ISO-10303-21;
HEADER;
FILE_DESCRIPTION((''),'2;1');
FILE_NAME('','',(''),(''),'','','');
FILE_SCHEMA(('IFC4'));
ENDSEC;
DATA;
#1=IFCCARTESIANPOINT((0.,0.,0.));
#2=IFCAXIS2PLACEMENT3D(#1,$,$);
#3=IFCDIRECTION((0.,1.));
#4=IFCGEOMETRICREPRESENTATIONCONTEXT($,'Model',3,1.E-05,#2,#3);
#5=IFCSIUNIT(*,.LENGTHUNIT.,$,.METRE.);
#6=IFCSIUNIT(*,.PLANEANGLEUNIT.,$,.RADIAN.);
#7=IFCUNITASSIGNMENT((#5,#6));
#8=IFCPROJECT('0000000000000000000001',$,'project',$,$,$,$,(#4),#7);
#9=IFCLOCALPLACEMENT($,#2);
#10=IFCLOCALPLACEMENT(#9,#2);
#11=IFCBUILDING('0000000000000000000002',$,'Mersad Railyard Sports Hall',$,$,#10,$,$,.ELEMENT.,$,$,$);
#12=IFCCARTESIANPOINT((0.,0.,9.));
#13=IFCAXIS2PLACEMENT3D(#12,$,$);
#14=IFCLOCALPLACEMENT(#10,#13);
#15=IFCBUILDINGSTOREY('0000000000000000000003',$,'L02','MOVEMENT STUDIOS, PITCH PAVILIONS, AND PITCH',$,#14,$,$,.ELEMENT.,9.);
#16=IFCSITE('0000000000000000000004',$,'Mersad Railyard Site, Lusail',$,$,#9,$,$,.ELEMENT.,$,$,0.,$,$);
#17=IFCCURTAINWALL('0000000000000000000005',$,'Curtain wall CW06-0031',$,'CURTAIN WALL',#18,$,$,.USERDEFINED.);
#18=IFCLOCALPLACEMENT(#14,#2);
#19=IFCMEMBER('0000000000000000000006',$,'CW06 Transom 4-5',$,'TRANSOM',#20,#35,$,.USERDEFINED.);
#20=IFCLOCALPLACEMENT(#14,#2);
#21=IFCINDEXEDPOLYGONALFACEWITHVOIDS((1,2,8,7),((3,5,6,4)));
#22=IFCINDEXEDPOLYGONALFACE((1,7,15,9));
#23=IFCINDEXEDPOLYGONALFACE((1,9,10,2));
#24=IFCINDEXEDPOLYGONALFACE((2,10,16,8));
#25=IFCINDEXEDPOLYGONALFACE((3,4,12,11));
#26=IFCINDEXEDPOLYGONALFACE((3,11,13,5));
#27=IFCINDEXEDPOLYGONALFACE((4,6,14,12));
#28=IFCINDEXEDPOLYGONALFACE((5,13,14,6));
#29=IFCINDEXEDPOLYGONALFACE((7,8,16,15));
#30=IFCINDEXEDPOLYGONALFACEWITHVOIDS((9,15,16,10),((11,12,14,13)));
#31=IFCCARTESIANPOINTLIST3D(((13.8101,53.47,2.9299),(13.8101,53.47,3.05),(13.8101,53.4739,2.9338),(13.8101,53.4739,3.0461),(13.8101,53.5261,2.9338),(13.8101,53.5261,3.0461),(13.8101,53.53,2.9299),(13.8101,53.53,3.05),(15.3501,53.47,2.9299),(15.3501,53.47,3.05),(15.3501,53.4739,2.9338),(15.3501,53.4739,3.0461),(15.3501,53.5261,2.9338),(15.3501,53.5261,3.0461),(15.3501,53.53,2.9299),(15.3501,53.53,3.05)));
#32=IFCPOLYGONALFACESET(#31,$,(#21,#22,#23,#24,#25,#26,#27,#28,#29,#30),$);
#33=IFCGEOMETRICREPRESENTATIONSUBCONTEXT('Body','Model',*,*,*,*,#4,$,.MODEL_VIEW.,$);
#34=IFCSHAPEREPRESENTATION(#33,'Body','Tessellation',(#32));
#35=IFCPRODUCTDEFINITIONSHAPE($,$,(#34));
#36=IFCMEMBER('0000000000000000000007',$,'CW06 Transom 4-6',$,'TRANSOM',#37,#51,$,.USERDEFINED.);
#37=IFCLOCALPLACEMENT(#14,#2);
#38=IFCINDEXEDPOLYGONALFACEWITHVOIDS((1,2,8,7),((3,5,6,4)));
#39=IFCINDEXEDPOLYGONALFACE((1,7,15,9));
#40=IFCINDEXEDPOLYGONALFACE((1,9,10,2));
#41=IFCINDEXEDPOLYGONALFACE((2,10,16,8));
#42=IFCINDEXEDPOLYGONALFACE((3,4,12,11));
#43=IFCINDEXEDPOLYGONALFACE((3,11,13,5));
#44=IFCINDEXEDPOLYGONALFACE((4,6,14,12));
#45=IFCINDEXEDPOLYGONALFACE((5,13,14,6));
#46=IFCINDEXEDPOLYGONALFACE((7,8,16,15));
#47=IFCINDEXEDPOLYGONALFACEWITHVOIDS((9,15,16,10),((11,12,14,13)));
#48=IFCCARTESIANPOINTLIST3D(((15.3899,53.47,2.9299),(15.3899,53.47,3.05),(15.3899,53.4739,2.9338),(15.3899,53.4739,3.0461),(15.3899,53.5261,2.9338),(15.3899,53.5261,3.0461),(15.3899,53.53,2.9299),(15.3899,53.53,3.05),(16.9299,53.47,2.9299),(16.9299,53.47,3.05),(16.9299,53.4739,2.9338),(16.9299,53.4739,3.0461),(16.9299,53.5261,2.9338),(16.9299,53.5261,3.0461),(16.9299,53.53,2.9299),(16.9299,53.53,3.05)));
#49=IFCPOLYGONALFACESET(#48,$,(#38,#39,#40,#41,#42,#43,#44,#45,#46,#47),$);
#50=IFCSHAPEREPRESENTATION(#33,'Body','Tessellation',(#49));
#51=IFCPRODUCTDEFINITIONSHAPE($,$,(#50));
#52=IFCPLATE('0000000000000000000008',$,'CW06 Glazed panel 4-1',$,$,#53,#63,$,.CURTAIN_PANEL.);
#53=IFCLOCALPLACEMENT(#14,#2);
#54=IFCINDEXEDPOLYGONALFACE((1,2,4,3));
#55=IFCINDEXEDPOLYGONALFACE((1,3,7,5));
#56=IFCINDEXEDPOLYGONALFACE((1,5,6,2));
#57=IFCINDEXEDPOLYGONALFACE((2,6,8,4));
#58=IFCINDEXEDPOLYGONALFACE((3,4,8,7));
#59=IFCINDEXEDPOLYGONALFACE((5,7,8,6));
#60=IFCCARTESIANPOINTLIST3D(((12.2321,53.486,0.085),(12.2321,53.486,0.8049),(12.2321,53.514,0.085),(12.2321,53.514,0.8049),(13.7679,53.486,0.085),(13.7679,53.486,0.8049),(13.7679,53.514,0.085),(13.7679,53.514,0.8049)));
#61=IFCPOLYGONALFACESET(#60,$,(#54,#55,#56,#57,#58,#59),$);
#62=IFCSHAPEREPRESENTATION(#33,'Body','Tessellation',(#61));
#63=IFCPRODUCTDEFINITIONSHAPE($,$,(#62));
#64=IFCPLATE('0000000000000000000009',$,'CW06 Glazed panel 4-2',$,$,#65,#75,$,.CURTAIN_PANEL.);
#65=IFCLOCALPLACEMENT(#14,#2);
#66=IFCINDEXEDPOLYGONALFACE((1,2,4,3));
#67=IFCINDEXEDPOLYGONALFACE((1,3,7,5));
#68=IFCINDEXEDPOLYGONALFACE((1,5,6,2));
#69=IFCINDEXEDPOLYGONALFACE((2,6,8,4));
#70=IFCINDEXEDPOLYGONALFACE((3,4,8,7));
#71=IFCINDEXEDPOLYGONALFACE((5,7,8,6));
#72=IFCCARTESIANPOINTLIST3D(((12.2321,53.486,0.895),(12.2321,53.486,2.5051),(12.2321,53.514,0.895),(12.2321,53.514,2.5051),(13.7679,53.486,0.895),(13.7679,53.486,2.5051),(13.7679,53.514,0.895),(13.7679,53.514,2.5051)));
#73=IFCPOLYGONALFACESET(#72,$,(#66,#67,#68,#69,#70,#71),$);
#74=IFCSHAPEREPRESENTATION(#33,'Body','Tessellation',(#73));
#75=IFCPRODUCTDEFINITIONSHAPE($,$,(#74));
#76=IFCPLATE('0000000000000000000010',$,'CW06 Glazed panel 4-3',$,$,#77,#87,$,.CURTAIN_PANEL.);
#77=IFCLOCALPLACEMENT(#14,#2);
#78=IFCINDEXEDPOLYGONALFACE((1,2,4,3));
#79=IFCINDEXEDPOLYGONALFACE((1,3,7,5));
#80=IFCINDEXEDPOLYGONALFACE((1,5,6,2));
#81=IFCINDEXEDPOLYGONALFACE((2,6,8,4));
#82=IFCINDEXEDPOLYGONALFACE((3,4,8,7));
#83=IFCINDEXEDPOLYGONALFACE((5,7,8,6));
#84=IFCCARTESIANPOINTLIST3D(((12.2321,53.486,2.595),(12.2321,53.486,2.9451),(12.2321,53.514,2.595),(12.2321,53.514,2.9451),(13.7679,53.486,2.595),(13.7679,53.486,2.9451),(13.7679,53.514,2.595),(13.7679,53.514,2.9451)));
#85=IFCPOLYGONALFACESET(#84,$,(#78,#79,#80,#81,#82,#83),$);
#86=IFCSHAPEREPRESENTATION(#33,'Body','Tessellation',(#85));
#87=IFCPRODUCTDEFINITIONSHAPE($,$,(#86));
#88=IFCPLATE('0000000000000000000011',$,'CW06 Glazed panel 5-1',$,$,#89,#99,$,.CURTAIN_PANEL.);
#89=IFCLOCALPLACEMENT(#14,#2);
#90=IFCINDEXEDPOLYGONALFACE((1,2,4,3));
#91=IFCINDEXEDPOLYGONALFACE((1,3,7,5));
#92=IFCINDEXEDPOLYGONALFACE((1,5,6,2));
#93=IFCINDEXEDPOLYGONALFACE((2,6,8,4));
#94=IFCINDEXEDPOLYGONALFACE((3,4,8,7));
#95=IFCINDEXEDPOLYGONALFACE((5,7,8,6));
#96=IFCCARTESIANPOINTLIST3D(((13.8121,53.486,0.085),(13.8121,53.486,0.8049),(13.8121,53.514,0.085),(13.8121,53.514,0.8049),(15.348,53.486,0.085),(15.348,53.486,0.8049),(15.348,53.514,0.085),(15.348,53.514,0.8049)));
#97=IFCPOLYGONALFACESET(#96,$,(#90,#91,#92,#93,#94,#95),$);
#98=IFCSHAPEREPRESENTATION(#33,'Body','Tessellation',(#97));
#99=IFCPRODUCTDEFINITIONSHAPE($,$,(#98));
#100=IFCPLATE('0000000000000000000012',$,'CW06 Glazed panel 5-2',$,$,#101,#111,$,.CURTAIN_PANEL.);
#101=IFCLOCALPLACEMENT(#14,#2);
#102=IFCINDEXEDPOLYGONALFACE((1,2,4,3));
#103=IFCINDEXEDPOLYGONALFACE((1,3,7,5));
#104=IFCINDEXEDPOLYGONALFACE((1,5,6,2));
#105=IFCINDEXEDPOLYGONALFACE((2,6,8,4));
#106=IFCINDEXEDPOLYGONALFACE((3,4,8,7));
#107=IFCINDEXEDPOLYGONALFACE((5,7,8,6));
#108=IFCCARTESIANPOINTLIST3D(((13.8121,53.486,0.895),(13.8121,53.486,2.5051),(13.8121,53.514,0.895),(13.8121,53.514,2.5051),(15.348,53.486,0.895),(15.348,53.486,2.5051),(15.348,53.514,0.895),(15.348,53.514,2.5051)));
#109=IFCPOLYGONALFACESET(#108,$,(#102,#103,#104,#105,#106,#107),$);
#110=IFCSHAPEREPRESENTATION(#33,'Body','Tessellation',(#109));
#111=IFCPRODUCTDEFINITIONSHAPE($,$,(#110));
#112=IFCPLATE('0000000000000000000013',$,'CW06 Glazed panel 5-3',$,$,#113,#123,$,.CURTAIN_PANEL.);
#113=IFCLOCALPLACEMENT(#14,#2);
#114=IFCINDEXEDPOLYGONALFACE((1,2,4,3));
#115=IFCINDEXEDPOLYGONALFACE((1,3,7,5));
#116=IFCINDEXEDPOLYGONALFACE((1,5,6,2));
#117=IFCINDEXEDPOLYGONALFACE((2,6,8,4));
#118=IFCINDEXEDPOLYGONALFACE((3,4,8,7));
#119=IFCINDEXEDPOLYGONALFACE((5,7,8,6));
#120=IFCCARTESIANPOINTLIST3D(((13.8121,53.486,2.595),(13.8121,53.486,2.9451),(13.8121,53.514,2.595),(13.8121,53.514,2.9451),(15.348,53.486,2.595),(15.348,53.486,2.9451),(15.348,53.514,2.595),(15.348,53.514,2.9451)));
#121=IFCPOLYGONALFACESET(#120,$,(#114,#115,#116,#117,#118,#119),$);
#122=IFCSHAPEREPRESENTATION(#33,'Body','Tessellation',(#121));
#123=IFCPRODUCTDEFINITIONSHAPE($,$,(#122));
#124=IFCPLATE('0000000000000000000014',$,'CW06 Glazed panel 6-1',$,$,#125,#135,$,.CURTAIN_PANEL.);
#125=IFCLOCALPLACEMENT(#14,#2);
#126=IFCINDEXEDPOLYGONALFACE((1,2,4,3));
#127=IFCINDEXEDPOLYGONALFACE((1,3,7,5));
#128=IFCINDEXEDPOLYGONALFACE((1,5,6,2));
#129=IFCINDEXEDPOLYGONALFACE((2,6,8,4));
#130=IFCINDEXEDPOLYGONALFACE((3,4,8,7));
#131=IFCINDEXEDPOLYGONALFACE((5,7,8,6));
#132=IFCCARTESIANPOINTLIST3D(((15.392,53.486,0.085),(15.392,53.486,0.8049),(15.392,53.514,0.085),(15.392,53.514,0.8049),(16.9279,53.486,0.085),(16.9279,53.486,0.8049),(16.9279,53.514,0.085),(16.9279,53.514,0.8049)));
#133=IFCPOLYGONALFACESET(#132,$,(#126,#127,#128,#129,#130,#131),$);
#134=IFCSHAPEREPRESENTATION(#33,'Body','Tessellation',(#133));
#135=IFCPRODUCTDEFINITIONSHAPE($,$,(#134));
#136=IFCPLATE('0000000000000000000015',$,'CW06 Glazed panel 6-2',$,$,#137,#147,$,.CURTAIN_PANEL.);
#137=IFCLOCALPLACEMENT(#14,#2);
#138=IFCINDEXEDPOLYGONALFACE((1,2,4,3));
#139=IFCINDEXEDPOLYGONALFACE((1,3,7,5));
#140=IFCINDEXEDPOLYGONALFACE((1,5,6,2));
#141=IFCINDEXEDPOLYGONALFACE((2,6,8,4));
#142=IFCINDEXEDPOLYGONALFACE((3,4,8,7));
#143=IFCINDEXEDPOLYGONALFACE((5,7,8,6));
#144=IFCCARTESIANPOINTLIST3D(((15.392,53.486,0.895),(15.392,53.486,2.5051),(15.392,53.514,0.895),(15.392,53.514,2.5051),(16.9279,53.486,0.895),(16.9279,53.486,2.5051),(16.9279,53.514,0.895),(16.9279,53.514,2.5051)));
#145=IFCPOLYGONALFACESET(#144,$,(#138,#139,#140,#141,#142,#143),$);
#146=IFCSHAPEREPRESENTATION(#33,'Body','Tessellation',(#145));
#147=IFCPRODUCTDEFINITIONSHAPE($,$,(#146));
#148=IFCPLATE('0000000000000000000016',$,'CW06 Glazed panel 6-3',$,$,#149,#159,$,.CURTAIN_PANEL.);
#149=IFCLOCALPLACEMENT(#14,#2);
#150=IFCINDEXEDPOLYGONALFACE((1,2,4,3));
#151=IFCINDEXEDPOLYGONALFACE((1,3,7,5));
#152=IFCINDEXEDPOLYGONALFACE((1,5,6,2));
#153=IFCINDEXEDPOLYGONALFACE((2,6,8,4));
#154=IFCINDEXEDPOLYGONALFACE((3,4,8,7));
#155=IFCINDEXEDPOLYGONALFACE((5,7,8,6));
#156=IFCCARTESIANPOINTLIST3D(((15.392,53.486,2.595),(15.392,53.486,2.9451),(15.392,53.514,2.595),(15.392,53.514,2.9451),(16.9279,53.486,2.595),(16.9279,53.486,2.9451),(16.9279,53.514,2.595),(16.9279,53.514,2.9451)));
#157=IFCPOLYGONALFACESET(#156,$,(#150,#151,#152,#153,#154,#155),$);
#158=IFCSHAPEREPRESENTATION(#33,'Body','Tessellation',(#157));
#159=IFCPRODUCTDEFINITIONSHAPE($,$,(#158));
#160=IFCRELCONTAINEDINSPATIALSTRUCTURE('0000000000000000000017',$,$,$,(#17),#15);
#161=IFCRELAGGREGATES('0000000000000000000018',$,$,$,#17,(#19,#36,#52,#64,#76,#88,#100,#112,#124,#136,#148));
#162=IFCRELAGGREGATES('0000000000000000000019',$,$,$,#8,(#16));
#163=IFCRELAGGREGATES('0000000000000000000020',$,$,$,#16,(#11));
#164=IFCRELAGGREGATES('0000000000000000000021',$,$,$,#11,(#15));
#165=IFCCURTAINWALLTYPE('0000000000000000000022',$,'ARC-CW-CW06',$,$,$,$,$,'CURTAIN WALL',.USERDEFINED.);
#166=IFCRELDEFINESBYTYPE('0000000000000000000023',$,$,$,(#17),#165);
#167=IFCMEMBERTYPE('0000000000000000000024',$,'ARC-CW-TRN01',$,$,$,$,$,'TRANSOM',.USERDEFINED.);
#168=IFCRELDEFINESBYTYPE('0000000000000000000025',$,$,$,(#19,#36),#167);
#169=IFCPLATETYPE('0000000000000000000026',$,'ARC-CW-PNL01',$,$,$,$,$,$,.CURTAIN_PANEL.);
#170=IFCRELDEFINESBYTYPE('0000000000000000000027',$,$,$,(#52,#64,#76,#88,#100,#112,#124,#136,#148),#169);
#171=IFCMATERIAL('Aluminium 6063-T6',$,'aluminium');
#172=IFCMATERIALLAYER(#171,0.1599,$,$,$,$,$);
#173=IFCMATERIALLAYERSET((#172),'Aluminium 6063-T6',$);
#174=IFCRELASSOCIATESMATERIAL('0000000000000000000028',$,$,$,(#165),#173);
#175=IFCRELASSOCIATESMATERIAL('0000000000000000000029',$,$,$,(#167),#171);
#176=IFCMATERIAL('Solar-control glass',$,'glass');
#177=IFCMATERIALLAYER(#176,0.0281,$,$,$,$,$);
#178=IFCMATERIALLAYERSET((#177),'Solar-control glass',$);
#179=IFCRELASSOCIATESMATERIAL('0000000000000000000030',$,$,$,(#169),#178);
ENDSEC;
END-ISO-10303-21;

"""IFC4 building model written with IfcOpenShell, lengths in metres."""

from ifc_helpers import new_model, si_unit, direction, frame, origin, origin_2d, place, context, subcontext, project, spatial, rectangle, hollow_rectangle, extrude, material, layer, layer_set, material_profile, profile_set, type_object, element, aggregate, save


model = new_model("IFC4")

# Units and contexts
model_context = context("Model", 3, precision=1e-05, world=origin(), true_north=direction((0.0, 1.0)))
body_context = subcontext(model_context, "Body", "Model", "MODEL_VIEW")
ifc_project = project(units=[si_unit("LENGTHUNIT", "METRE"), si_unit("PLANEANGLEUNIT", "RADIAN")], contexts=[model_context])

# Site, building, storey
site_placement = place(None, origin())
site = spatial("IfcSite", under=ifc_project, at=site_placement, Name="Mersad Railyard Site, Lusail", CompositionType="ELEMENT", RefElevation=0.0)
building_placement = place(site_placement, origin())
building = spatial("IfcBuilding", under=site, at=building_placement, Name="Mersad Railyard Sports Hall", CompositionType="ELEMENT")
storey_placement = place(building_placement, frame((0.0, 0.0, 9.0)))
storey = spatial("IfcBuildingStorey", under=building, at=storey_placement, Name="L02", Description="MOVEMENT STUDIOS, PITCH PAVILIONS, AND PITCH", CompositionType="ELEMENT", Elevation=9.0)

# Curtain wall, members, plates
ifc_material_1 = material(Name="Aluminium 6063-T6", Category="aluminium")
ifc_layer_1 = layer(ifc_material_1, 0.1599)
ifc_layer_set_1 = layer_set([ifc_layer_1], Name="Aluminium 6063-T6")
curtain_wall_type = type_object("IfcCurtainWallType", Name="ARC-CW-CW06", ElementType="CURTAIN WALL", PredefinedType="USERDEFINED", material=ifc_layer_set_1)
curtain_wall_placement = place(storey_placement, origin())
curtain_wall = element("IfcCurtainWall", 1, at=curtain_wall_placement, inside=storey, type_object=curtain_wall_type, Name="Curtain wall CW06-0031", ObjectType="CURTAIN WALL", PredefinedType="USERDEFINED")
ifc_material_profile_1 = material_profile(ifc_material_1, hollow_rectangle(XDim=0.0601, YDim=0.1201, WallThickness=0.0039, at=origin_2d()), Name="AL TRANSOM 60x120x4")
ifc_profile_set_1 = profile_set([ifc_material_profile_1], Name="Aluminium 6063-T6")
member_type_1 = type_object("IfcMemberType", Name="ARC-CW-TRN01", ElementType="TRANSOM", PredefinedType="USERDEFINED", material=ifc_profile_set_1)
member_1_placement = place(storey_placement, frame((13.8101, 53.5, 2.99), z_axis=(1.0, 0.0, 0.0), x_axis=(0.0, 1.0, 0.0)))
member_1 = element("IfcMember", 2, at=member_1_placement, type_object=member_type_1, Name="CW06 Transom 4-5", ObjectType="TRANSOM", PredefinedType="USERDEFINED", context=body_context, shape_type="SweptSolid", body=[
    extrude(hollow_rectangle(XDim=0.0601, YDim=0.1201, WallThickness=0.0039, at=origin_2d()), origin(), (0.0, 0.0, 1.0), 1.54),
])
member_2_placement = place(storey_placement, frame((15.3899, 53.5, 2.99), z_axis=(1.0, 0.0, 0.0), x_axis=(0.0, 1.0, 0.0)))
member_2 = element("IfcMember", 3, at=member_2_placement, type_object=member_type_1, Name="CW06 Transom 4-6", ObjectType="TRANSOM", PredefinedType="USERDEFINED", context=body_context, shape_type="SweptSolid", body=[
    extrude(hollow_rectangle(XDim=0.0601, YDim=0.1201, WallThickness=0.0039, at=origin_2d()), origin(), (0.0, 0.0, 1.0), 1.54),
])
ifc_material_2 = material(Name="Solar-control glass", Category="glass")
ifc_layer_2 = layer(ifc_material_2, 0.0281)
ifc_layer_set_2 = layer_set([ifc_layer_2], Name="Solar-control glass")
plate_type = type_object("IfcPlateType", Name="ARC-CW-PNL01", PredefinedType="CURTAIN_PANEL", material=ifc_layer_set_2)
plate_1_placement = place(storey_placement, frame((13.0, 53.5, 0.085), z_axis=(0.0, 0.0, 1.0), x_axis=(1.0, 0.0, 0.0)))
plate_1 = element("IfcPlate", 4, at=plate_1_placement, type_object=plate_type, Name="CW06 Glazed panel 4-1", PredefinedType="CURTAIN_PANEL", context=body_context, shape_type="SweptSolid", body=[
    extrude(rectangle(XDim=1.5359, YDim=0.0281, at=origin_2d()), origin(), (0.0, 0.0, 1.0), 0.72),
])
plate_2_placement = place(storey_placement, frame((13.0, 53.5, 0.895), z_axis=(0.0, 0.0, 1.0), x_axis=(1.0, 0.0, 0.0)))
plate_2 = element("IfcPlate", 5, at=plate_2_placement, type_object=plate_type, Name="CW06 Glazed panel 4-2", PredefinedType="CURTAIN_PANEL", context=body_context, shape_type="SweptSolid", body=[
    extrude(rectangle(XDim=1.5359, YDim=0.0281, at=origin_2d()), origin(), (0.0, 0.0, 1.0), 1.6101),
])
plate_3_placement = place(storey_placement, frame((13.0, 53.5, 2.595), z_axis=(0.0, 0.0, 1.0), x_axis=(1.0, 0.0, 0.0)))
plate_3 = element("IfcPlate", 6, at=plate_3_placement, type_object=plate_type, Name="CW06 Glazed panel 4-3", PredefinedType="CURTAIN_PANEL", context=body_context, shape_type="SweptSolid", body=[
    extrude(rectangle(XDim=1.5359, YDim=0.0281, at=origin_2d()), origin(), (0.0, 0.0, 1.0), 0.3501),
])
plate_4_placement = place(storey_placement, frame((14.5801, 53.5, 0.085), z_axis=(0.0, 0.0, 1.0), x_axis=(1.0, 0.0, 0.0)))
plate_4 = element("IfcPlate", 7, at=plate_4_placement, type_object=plate_type, Name="CW06 Glazed panel 5-1", PredefinedType="CURTAIN_PANEL", context=body_context, shape_type="SweptSolid", body=[
    extrude(rectangle(XDim=1.5359, YDim=0.0281, at=origin_2d()), origin(), (0.0, 0.0, 1.0), 0.72),
])
plate_5_placement = place(storey_placement, frame((14.5801, 53.5, 0.895), z_axis=(0.0, 0.0, 1.0), x_axis=(1.0, 0.0, 0.0)))
plate_5 = element("IfcPlate", 8, at=plate_5_placement, type_object=plate_type, Name="CW06 Glazed panel 5-2", PredefinedType="CURTAIN_PANEL", context=body_context, shape_type="SweptSolid", body=[
    extrude(rectangle(XDim=1.5359, YDim=0.0281, at=origin_2d()), origin(), (0.0, 0.0, 1.0), 1.6101),
])
plate_6_placement = place(storey_placement, frame((14.5801, 53.5, 2.595), z_axis=(0.0, 0.0, 1.0), x_axis=(1.0, 0.0, 0.0)))
plate_6 = element("IfcPlate", 9, at=plate_6_placement, type_object=plate_type, Name="CW06 Glazed panel 5-3", PredefinedType="CURTAIN_PANEL", context=body_context, shape_type="SweptSolid", body=[
    extrude(rectangle(XDim=1.5359, YDim=0.0281, at=origin_2d()), origin(), (0.0, 0.0, 1.0), 0.3501),
])
plate_7_placement = place(storey_placement, frame((16.1599, 53.5, 0.085), z_axis=(0.0, 0.0, 1.0), x_axis=(1.0, 0.0, 0.0)))
plate_7 = element("IfcPlate", 10, at=plate_7_placement, type_object=plate_type, Name="CW06 Glazed panel 6-1", PredefinedType="CURTAIN_PANEL", context=body_context, shape_type="SweptSolid", body=[
    extrude(rectangle(XDim=1.5359, YDim=0.0281, at=origin_2d()), origin(), (0.0, 0.0, 1.0), 0.72),
])
plate_8_placement = place(storey_placement, frame((16.1599, 53.5, 0.895), z_axis=(0.0, 0.0, 1.0), x_axis=(1.0, 0.0, 0.0)))
plate_8 = element("IfcPlate", 11, at=plate_8_placement, type_object=plate_type, Name="CW06 Glazed panel 6-2", PredefinedType="CURTAIN_PANEL", context=body_context, shape_type="SweptSolid", body=[
    extrude(rectangle(XDim=1.5359, YDim=0.0281, at=origin_2d()), origin(), (0.0, 0.0, 1.0), 1.6101),
])
plate_9_placement = place(storey_placement, frame((16.1599, 53.5, 2.595), z_axis=(0.0, 0.0, 1.0), x_axis=(1.0, 0.0, 0.0)))
plate_9 = element("IfcPlate", 12, at=plate_9_placement, type_object=plate_type, Name="CW06 Glazed panel 6-3", PredefinedType="CURTAIN_PANEL", context=body_context, shape_type="SweptSolid", body=[
    extrude(rectangle(XDim=1.5359, YDim=0.0281, at=origin_2d()), origin(), (0.0, 0.0, 1.0), 0.3501),
])
aggregate(curtain_wall, [member_1, member_2, plate_1, plate_2, plate_3, plate_4, plate_5, plate_6, plate_7, plate_8, plate_9])

save(model, "model.ifc")
